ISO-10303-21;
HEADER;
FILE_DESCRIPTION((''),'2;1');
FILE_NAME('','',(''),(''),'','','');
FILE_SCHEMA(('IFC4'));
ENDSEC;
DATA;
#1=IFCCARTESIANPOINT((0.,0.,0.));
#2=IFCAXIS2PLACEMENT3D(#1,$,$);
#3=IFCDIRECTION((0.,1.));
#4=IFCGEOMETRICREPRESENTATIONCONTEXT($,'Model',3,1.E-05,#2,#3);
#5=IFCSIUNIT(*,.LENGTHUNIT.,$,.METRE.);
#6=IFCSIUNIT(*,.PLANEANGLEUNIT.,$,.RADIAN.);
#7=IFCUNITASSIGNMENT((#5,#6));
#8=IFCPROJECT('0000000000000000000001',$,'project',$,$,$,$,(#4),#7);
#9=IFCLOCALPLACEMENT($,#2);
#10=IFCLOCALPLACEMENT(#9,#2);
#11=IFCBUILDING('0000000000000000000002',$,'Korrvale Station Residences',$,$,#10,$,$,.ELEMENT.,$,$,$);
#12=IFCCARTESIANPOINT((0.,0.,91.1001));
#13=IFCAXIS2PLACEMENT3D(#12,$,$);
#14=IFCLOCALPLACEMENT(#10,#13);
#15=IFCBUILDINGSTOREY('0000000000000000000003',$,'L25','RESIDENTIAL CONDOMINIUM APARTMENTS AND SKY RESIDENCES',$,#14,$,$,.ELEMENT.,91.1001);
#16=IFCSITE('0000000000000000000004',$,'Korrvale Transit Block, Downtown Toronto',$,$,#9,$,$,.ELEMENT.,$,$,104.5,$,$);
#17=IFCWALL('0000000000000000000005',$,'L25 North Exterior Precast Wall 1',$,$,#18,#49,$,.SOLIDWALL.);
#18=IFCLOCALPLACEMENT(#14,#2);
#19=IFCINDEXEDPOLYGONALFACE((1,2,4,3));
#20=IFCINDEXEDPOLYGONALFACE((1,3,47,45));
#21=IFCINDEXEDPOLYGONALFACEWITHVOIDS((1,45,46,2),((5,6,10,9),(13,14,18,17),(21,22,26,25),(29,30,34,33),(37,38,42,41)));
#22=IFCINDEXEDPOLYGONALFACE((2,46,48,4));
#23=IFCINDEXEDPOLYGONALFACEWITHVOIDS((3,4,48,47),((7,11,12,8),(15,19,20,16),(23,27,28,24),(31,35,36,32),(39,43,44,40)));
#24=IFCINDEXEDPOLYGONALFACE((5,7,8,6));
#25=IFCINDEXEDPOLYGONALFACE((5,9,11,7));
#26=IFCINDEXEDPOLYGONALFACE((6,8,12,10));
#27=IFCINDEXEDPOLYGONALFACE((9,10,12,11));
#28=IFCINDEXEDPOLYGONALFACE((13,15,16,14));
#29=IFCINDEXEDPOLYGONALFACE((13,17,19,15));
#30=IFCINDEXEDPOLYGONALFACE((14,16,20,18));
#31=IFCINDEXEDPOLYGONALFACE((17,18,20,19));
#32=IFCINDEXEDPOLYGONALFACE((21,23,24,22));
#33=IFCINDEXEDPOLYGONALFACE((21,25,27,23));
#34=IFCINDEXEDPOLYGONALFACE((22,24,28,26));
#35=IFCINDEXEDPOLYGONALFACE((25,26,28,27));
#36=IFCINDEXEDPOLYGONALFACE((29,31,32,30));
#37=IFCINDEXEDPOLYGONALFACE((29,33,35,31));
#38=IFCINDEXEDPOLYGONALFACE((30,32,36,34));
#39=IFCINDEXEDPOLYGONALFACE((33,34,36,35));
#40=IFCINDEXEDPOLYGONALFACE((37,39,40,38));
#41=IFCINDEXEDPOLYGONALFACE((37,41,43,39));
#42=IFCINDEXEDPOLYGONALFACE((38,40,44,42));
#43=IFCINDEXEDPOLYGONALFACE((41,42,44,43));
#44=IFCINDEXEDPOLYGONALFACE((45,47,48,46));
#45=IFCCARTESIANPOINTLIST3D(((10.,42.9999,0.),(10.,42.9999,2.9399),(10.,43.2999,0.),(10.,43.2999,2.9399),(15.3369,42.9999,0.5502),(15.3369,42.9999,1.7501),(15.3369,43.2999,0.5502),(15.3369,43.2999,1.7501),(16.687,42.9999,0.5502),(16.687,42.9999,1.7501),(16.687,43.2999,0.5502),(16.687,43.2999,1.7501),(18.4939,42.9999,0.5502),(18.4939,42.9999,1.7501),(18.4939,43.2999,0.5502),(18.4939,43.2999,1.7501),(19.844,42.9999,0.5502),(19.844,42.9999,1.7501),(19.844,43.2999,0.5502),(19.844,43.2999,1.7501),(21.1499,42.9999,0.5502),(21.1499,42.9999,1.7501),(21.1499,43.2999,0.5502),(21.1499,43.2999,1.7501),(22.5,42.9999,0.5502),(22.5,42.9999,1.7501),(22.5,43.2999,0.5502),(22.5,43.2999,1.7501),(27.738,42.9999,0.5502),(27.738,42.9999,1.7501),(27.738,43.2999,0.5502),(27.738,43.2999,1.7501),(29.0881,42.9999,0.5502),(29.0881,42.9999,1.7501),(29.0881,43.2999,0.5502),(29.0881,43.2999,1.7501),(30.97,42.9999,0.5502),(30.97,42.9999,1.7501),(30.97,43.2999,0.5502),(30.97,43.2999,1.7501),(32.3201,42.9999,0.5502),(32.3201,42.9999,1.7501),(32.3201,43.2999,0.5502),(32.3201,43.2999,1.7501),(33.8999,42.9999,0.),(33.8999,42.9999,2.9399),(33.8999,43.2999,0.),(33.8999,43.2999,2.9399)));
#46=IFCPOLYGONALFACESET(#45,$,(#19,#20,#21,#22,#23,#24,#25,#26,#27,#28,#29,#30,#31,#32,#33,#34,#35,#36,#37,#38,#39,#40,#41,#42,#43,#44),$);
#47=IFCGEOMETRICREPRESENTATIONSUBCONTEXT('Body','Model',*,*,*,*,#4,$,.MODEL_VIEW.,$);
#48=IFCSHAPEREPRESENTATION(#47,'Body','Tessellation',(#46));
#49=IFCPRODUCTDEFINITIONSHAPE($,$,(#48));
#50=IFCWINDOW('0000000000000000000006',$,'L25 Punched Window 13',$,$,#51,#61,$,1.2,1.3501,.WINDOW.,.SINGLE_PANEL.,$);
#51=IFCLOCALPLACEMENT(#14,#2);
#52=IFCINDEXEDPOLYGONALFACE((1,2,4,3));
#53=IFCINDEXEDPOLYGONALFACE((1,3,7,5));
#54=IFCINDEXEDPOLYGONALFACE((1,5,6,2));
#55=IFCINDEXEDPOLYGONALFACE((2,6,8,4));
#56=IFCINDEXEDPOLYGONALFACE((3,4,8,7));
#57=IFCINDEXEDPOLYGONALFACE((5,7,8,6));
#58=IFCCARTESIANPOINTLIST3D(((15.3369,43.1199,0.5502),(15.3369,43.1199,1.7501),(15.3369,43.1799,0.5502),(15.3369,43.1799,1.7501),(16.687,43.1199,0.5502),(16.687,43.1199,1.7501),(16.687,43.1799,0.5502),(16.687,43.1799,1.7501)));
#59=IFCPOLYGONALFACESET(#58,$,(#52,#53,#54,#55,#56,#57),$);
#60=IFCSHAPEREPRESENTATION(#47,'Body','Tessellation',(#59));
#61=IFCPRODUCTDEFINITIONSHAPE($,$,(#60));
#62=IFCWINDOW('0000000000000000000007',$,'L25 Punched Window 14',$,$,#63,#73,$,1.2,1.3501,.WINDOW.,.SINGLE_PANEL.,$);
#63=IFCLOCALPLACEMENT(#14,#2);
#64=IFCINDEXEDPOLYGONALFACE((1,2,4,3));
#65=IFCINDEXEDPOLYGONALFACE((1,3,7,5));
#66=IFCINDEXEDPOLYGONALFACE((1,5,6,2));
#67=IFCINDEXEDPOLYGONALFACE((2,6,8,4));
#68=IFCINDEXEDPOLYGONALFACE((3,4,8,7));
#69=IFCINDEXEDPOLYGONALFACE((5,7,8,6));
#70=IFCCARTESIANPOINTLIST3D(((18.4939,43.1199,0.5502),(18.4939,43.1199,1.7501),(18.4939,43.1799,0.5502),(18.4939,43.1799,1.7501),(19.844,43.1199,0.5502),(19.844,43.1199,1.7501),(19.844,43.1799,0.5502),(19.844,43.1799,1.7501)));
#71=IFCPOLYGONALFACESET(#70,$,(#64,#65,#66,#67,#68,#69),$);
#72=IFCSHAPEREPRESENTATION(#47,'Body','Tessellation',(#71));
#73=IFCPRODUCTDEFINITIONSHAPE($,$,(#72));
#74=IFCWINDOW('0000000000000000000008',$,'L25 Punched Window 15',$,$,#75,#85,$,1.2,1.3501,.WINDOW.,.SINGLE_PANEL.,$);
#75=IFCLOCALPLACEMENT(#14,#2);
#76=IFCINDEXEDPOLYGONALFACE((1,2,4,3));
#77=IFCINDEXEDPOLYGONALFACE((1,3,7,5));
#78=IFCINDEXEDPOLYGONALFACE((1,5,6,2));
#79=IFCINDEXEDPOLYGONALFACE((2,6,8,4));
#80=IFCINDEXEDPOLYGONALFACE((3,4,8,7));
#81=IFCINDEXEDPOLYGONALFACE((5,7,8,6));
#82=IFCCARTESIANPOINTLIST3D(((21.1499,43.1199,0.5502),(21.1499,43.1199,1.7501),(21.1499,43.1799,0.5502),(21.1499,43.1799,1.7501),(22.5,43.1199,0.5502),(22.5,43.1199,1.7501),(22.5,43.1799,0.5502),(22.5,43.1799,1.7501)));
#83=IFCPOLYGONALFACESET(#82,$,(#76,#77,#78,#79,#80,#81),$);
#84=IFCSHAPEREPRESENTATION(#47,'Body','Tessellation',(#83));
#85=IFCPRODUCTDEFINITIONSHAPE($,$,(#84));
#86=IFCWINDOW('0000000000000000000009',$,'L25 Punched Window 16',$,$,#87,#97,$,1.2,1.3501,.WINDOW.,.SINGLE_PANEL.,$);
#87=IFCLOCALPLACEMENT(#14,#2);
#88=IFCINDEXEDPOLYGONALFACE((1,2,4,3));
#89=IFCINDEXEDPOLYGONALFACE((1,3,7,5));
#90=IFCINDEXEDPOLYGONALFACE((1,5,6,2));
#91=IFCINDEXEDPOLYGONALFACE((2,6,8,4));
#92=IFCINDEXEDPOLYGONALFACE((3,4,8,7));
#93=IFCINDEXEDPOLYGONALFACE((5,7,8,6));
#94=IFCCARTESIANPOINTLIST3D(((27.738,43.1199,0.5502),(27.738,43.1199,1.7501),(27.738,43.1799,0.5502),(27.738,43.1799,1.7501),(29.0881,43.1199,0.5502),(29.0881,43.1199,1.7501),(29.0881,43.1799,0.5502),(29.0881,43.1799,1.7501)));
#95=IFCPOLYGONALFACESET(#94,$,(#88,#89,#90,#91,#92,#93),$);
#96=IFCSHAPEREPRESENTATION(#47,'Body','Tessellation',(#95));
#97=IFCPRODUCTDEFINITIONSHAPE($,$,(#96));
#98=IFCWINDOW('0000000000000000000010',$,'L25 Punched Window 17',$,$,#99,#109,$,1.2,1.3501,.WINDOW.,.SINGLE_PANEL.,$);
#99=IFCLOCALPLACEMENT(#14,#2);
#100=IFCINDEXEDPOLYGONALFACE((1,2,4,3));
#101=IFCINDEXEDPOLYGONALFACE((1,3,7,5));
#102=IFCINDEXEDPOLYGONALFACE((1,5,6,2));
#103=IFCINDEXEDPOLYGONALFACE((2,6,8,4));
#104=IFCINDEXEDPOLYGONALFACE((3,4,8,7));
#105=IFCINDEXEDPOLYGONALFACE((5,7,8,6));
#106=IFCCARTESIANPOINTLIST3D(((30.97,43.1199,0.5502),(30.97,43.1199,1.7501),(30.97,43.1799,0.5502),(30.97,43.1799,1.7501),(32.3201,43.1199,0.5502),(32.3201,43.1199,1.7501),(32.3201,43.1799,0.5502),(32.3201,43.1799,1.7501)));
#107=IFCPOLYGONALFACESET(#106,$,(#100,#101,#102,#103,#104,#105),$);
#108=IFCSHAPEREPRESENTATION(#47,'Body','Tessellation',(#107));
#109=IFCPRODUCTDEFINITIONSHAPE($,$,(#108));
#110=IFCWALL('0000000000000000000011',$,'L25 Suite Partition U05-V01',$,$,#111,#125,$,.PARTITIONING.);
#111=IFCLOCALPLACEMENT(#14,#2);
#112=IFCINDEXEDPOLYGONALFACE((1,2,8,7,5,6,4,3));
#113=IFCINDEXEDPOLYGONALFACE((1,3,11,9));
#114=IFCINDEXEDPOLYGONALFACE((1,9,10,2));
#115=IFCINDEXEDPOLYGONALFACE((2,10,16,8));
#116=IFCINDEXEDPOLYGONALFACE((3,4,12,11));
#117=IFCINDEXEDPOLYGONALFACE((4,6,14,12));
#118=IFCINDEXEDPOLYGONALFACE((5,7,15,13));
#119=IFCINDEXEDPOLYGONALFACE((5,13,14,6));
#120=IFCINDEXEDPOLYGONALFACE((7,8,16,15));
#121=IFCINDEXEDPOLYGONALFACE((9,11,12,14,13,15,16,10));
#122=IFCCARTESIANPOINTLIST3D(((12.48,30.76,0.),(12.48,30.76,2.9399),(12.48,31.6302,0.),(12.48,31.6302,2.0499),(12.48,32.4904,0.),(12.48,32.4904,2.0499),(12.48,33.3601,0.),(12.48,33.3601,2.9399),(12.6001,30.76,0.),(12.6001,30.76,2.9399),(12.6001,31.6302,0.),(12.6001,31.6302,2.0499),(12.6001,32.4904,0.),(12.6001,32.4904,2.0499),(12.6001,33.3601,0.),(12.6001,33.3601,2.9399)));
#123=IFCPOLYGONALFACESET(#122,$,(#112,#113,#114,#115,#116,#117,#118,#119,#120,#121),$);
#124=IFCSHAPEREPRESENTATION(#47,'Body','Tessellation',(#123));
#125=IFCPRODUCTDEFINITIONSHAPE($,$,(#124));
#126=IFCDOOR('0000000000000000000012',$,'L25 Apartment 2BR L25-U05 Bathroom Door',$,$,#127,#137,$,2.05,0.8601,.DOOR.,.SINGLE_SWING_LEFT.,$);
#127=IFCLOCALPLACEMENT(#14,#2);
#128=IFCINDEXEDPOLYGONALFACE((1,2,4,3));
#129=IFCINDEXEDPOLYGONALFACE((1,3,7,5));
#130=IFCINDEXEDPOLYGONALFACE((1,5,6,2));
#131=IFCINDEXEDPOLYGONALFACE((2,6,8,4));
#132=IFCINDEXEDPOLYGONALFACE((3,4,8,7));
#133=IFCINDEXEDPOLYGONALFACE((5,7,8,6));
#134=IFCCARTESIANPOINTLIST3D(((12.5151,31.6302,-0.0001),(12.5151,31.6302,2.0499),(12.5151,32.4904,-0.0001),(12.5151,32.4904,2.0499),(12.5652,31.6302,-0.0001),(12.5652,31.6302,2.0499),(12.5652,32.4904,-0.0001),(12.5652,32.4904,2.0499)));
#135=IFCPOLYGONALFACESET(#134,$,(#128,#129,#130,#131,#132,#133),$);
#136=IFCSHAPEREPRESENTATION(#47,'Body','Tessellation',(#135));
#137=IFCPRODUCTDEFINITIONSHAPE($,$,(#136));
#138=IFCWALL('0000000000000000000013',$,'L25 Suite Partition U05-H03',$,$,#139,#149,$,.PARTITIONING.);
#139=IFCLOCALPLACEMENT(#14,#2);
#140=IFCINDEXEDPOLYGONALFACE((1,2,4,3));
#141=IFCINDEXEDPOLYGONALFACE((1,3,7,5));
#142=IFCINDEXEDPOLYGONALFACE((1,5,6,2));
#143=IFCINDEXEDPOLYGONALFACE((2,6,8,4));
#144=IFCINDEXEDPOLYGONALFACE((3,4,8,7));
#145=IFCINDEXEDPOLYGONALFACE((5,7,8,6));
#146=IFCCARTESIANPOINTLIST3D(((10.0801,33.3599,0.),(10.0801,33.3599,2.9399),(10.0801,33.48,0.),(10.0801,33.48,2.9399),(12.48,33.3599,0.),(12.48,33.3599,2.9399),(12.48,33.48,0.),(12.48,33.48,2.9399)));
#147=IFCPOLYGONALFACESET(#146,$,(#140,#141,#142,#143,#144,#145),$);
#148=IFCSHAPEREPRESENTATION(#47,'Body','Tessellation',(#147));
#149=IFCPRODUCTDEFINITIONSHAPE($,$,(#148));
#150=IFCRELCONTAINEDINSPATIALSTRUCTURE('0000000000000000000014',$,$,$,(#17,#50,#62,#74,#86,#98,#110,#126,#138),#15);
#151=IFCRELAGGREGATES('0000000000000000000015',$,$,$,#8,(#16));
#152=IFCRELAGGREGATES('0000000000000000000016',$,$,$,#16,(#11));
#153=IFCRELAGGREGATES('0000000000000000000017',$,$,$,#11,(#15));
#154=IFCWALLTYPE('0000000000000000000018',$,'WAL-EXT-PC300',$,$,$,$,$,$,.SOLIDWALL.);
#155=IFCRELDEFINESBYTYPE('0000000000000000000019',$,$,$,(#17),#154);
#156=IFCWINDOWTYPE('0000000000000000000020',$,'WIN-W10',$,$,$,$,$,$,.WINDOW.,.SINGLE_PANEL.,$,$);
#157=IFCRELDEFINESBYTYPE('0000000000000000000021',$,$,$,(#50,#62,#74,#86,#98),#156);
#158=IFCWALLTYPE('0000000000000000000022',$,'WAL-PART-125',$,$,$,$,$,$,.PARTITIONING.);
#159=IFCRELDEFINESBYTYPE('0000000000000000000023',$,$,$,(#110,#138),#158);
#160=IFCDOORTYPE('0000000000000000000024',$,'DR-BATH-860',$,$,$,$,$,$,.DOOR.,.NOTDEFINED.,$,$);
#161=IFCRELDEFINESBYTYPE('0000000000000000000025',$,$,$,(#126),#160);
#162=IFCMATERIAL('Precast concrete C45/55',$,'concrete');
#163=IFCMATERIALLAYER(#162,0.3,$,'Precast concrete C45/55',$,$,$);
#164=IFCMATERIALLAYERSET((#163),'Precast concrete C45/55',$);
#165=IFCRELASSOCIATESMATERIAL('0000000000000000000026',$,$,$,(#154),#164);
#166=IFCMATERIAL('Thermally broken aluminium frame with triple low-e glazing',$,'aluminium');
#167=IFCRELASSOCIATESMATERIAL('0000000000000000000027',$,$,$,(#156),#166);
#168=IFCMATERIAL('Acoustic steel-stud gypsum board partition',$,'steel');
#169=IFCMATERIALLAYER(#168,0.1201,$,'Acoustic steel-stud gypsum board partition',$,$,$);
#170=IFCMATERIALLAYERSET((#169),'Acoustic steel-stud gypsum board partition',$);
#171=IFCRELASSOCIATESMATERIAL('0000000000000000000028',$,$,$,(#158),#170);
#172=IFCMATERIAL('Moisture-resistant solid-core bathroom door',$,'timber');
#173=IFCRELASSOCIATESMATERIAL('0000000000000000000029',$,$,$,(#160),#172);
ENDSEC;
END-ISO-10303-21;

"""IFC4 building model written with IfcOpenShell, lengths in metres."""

from ifc_helpers import new_model, si_unit, direction, frame, frame_2d, origin, place, context, subcontext, project, spatial, rectangle, extrude, material, layer, layer_set, type_object, element, fill, save


model = new_model("IFC4")

# Units and contexts
model_context = context("Model", 3, precision=1e-05, world=origin(), true_north=direction((0.0, 1.0)))
body_context = subcontext(model_context, "Body", "Model", "MODEL_VIEW")
ifc_project = project(units=[si_unit("LENGTHUNIT", "METRE"), si_unit("PLANEANGLEUNIT", "RADIAN")], contexts=[model_context])

# Site, building, storey
site_placement = place(None, origin())
site = spatial("IfcSite", under=ifc_project, at=site_placement, Name="Korrvale Transit Block, Downtown Toronto", CompositionType="ELEMENT", RefElevation=104.5)
building_placement = place(site_placement, origin())
building = spatial("IfcBuilding", under=site, at=building_placement, Name="Korrvale Station Residences", CompositionType="ELEMENT")
storey_placement = place(building_placement, frame((0.0, 0.0, 91.1001)))
storey = spatial("IfcBuildingStorey", under=building, at=storey_placement, Name="L25", Description="RESIDENTIAL CONDOMINIUM APARTMENTS AND SKY RESIDENCES", CompositionType="ELEMENT", Elevation=91.1001)

# Shared definitions
ifc_material_1 = material(Name="Precast concrete C45/55", Category="concrete")

# Wall, openings, windows
ifc_layer_1 = layer(ifc_material_1, 0.3, Name="Precast concrete C45/55")
ifc_layer_set_1 = layer_set([ifc_layer_1], Name="Precast concrete C45/55")
wall_type_1 = type_object("IfcWallType", Name="WAL-EXT-PC300", PredefinedType="SOLIDWALL", material=ifc_layer_set_1)
wall_1_placement = place(storey_placement, frame((10.0, 43.1499, 0.0), z_axis=(0.0, 0.0, 1.0), x_axis=(1.0, 0.0, 0.0)))
wall_1 = element("IfcWall", 1, at=wall_1_placement, inside=storey, type_object=wall_type_1, Name="L25 North Exterior Precast Wall 1", PredefinedType="SOLIDWALL", context=body_context, shape_type="SweptSolid", body=[
    extrude(rectangle(XDim=23.8999, YDim=0.3, at=frame_2d((11.95, 0.0))), origin(), (0.0, 0.0, 1.0), 2.9399),
])
opening_1_placement = place(wall_1_placement, frame((5.3369, 0.0, 0.55)))
opening_1 = element("IfcOpeningElement", 2, at=opening_1_placement, cuts=wall_1, PredefinedType="OPENING", context=body_context, shape_type="SweptSolid", body=[
    extrude(rectangle(XDim=1.3501, YDim=1.2, at=frame_2d((0.675, 0.6001))), frame((0.0, 0.1602, 0.0), z_axis=(0.0, -1.0, 0.0), x_axis=(1.0, 0.0, 0.0)), (0.0, 0.0, 1.0), 0.3201),
])
opening_2_placement = place(wall_1_placement, frame((8.4939, 0.0, 0.55)))
opening_2 = element("IfcOpeningElement", 3, at=opening_2_placement, cuts=wall_1, PredefinedType="OPENING", context=body_context, shape_type="SweptSolid", body=[
    extrude(rectangle(XDim=1.3501, YDim=1.2, at=frame_2d((0.675, 0.6001))), frame((0.0, 0.1602, 0.0), z_axis=(0.0, -1.0, 0.0), x_axis=(1.0, 0.0, 0.0)), (0.0, 0.0, 1.0), 0.3201),
])
opening_3_placement = place(wall_1_placement, frame((11.1499, 0.0, 0.55)))
opening_3 = element("IfcOpeningElement", 4, at=opening_3_placement, cuts=wall_1, PredefinedType="OPENING", context=body_context, shape_type="SweptSolid", body=[
    extrude(rectangle(XDim=1.3501, YDim=1.2, at=frame_2d((0.675, 0.6001))), frame((0.0, 0.1602, 0.0), z_axis=(0.0, -1.0, 0.0), x_axis=(1.0, 0.0, 0.0)), (0.0, 0.0, 1.0), 0.3201),
])
opening_4_placement = place(wall_1_placement, frame((17.738, 0.0, 0.55)))
opening_4 = element("IfcOpeningElement", 5, at=opening_4_placement, cuts=wall_1, PredefinedType="OPENING", context=body_context, shape_type="SweptSolid", body=[
    extrude(rectangle(XDim=1.3501, YDim=1.2, at=frame_2d((0.675, 0.6001))), frame((0.0, 0.1602, 0.0), z_axis=(0.0, -1.0, 0.0), x_axis=(1.0, 0.0, 0.0)), (0.0, 0.0, 1.0), 0.3201),
])
opening_5_placement = place(wall_1_placement, frame((20.97, 0.0, 0.55)))
opening_5 = element("IfcOpeningElement", 6, at=opening_5_placement, cuts=wall_1, PredefinedType="OPENING", context=body_context, shape_type="SweptSolid", body=[
    extrude(rectangle(XDim=1.3501, YDim=1.2, at=frame_2d((0.675, 0.6001))), frame((0.0, 0.1602, 0.0), z_axis=(0.0, -1.0, 0.0), x_axis=(1.0, 0.0, 0.0)), (0.0, 0.0, 1.0), 0.3201),
])
ifc_material_2 = material(Name="Thermally broken aluminium frame with triple low-e glazing", Category="aluminium")
window_type = type_object("IfcWindowType", Name="WIN-W10", PartitioningType="SINGLE_PANEL", PredefinedType="WINDOW", material=ifc_material_2)
window_1_placement = place(opening_1_placement, origin())
window_1 = element("IfcWindow", 7, at=window_1_placement, inside=storey, type_object=window_type, Name="L25 Punched Window 13", OverallHeight=1.2, OverallWidth=1.3501, PartitioningType="SINGLE_PANEL", PredefinedType="WINDOW", context=body_context, shape_type="SweptSolid", body=[
    extrude(rectangle(XDim=1.3501, YDim=1.2, at=frame_2d((0.675, 0.6001))), frame((0.0, 0.03, 0.0), z_axis=(0.0, -1.0, 0.0), x_axis=(1.0, 0.0, 0.0)), (0.0, 0.0, 1.0), 0.0601),
])
fill(opening_1, window_1)
window_2_placement = place(opening_2_placement, origin())
window_2 = element("IfcWindow", 8, at=window_2_placement, inside=storey, type_object=window_type, Name="L25 Punched Window 14", OverallHeight=1.2, OverallWidth=1.3501, PartitioningType="SINGLE_PANEL", PredefinedType="WINDOW", context=body_context, shape_type="SweptSolid", body=[
    extrude(rectangle(XDim=1.3501, YDim=1.2, at=frame_2d((0.675, 0.6001))), frame((0.0, 0.03, 0.0), z_axis=(0.0, -1.0, 0.0), x_axis=(1.0, 0.0, 0.0)), (0.0, 0.0, 1.0), 0.0601),
])
fill(opening_2, window_2)
window_3_placement = place(opening_3_placement, origin())
window_3 = element("IfcWindow", 9, at=window_3_placement, inside=storey, type_object=window_type, Name="L25 Punched Window 15", OverallHeight=1.2, OverallWidth=1.3501, PartitioningType="SINGLE_PANEL", PredefinedType="WINDOW", context=body_context, shape_type="SweptSolid", body=[
    extrude(rectangle(XDim=1.3501, YDim=1.2, at=frame_2d((0.675, 0.6001))), frame((0.0, 0.03, 0.0), z_axis=(0.0, -1.0, 0.0), x_axis=(1.0, 0.0, 0.0)), (0.0, 0.0, 1.0), 0.0601),
])
fill(opening_3, window_3)
window_4_placement = place(opening_4_placement, origin())
window_4 = element("IfcWindow", 10, at=window_4_placement, inside=storey, type_object=window_type, Name="L25 Punched Window 16", OverallHeight=1.2, OverallWidth=1.3501, PartitioningType="SINGLE_PANEL", PredefinedType="WINDOW", context=body_context, shape_type="SweptSolid", body=[
    extrude(rectangle(XDim=1.3501, YDim=1.2, at=frame_2d((0.675, 0.6001))), frame((0.0, 0.03, 0.0), z_axis=(0.0, -1.0, 0.0), x_axis=(1.0, 0.0, 0.0)), (0.0, 0.0, 1.0), 0.0601),
])
fill(opening_4, window_4)
window_5_placement = place(opening_5_placement, origin())
window_5 = element("IfcWindow", 11, at=window_5_placement, inside=storey, type_object=window_type, Name="L25 Punched Window 17", OverallHeight=1.2, OverallWidth=1.3501, PartitioningType="SINGLE_PANEL", PredefinedType="WINDOW", context=body_context, shape_type="SweptSolid", body=[
    extrude(rectangle(XDim=1.3501, YDim=1.2, at=frame_2d((0.675, 0.6001))), frame((0.0, 0.03, 0.0), z_axis=(0.0, -1.0, 0.0), x_axis=(1.0, 0.0, 0.0)), (0.0, 0.0, 1.0), 0.0601),
])
fill(opening_5, window_5)

# Wall, opening, door
ifc_material_3 = material(Name="Acoustic steel-stud gypsum board partition", Category="steel")
ifc_layer_2 = layer(ifc_material_3, 0.1201, Name="Acoustic steel-stud gypsum board partition")
ifc_layer_set_2 = layer_set([ifc_layer_2], Name="Acoustic steel-stud gypsum board partition")
wall_type_2 = type_object("IfcWallType", Name="WAL-PART-125", PredefinedType="PARTITIONING", material=ifc_layer_set_2)
wall_2_placement = place(storey_placement, frame((12.54, 30.76, 0.0), z_axis=(0.0, 0.0, 1.0), x_axis=(0.0, 1.0, 0.0)))
wall_2 = element("IfcWall", 12, at=wall_2_placement, inside=storey, type_object=wall_type_2, Name="L25 Suite Partition U05-V01", PredefinedType="PARTITIONING", context=body_context, shape_type="SweptSolid", body=[
    extrude(rectangle(XDim=2.6001, YDim=0.1201, at=frame_2d((1.3, 0.0))), origin(), (0.0, 0.0, 1.0), 2.9399),
])
opening_6_placement = place(wall_2_placement, frame((0.8701, 0.0, 0.0)))
opening_6 = element("IfcOpeningElement", 13, at=opening_6_placement, cuts=wall_2, PredefinedType="OPENING", context=body_context, shape_type="SweptSolid", body=[
    extrude(rectangle(XDim=0.8601, YDim=2.05, at=frame_2d((0.4302, 1.0249))), frame((0.0, 0.0701, 0.0), z_axis=(0.0, -1.0, 0.0), x_axis=(1.0, 0.0, 0.0)), (0.0, 0.0, 1.0), 0.1401),
])
ifc_material_4 = material(Name="Moisture-resistant solid-core bathroom door", Category="timber")
door_type_1 = type_object("IfcDoorType", Name="DR-BATH-860", OperationType="NOTDEFINED", PredefinedType="DOOR", material=ifc_material_4)
door_1_placement = place(opening_6_placement, origin())
door_1 = element("IfcDoor", 14, at=door_1_placement, inside=storey, type_object=door_type_1, Name="L25 Apartment 2BR L25-U05 Bathroom Door", OperationType="SINGLE_SWING_LEFT", OverallHeight=2.05, OverallWidth=0.8601, PredefinedType="DOOR", context=body_context, shape_type="SweptSolid", body=[
    extrude(rectangle(XDim=0.8601, YDim=2.05, at=frame_2d((0.4302, 1.0249))), frame((0.0, 0.0249, 0.0), z_axis=(0.0, -1.0, 0.0), x_axis=(1.0, 0.0, 0.0)), (0.0, 0.0, 1.0), 0.05),
])
fill(opening_6, door_1)

# Wall
wall_3_placement = place(storey_placement, frame((10.0801, 33.4199, 0.0), z_axis=(0.0, 0.0, 1.0), x_axis=(1.0, 0.0, 0.0)))
element("IfcWall", 15, at=wall_3_placement, inside=storey, type_object=wall_type_2, Name="L25 Suite Partition U05-H03", PredefinedType="PARTITIONING", context=body_context, shape_type="SweptSolid", body=[
    extrude(rectangle(XDim=2.3999, YDim=0.1201, at=frame_2d((1.2, 0.0))), origin(), (0.0, 0.0, 1.0), 2.9399),
])

save(model, "model.ifc")
